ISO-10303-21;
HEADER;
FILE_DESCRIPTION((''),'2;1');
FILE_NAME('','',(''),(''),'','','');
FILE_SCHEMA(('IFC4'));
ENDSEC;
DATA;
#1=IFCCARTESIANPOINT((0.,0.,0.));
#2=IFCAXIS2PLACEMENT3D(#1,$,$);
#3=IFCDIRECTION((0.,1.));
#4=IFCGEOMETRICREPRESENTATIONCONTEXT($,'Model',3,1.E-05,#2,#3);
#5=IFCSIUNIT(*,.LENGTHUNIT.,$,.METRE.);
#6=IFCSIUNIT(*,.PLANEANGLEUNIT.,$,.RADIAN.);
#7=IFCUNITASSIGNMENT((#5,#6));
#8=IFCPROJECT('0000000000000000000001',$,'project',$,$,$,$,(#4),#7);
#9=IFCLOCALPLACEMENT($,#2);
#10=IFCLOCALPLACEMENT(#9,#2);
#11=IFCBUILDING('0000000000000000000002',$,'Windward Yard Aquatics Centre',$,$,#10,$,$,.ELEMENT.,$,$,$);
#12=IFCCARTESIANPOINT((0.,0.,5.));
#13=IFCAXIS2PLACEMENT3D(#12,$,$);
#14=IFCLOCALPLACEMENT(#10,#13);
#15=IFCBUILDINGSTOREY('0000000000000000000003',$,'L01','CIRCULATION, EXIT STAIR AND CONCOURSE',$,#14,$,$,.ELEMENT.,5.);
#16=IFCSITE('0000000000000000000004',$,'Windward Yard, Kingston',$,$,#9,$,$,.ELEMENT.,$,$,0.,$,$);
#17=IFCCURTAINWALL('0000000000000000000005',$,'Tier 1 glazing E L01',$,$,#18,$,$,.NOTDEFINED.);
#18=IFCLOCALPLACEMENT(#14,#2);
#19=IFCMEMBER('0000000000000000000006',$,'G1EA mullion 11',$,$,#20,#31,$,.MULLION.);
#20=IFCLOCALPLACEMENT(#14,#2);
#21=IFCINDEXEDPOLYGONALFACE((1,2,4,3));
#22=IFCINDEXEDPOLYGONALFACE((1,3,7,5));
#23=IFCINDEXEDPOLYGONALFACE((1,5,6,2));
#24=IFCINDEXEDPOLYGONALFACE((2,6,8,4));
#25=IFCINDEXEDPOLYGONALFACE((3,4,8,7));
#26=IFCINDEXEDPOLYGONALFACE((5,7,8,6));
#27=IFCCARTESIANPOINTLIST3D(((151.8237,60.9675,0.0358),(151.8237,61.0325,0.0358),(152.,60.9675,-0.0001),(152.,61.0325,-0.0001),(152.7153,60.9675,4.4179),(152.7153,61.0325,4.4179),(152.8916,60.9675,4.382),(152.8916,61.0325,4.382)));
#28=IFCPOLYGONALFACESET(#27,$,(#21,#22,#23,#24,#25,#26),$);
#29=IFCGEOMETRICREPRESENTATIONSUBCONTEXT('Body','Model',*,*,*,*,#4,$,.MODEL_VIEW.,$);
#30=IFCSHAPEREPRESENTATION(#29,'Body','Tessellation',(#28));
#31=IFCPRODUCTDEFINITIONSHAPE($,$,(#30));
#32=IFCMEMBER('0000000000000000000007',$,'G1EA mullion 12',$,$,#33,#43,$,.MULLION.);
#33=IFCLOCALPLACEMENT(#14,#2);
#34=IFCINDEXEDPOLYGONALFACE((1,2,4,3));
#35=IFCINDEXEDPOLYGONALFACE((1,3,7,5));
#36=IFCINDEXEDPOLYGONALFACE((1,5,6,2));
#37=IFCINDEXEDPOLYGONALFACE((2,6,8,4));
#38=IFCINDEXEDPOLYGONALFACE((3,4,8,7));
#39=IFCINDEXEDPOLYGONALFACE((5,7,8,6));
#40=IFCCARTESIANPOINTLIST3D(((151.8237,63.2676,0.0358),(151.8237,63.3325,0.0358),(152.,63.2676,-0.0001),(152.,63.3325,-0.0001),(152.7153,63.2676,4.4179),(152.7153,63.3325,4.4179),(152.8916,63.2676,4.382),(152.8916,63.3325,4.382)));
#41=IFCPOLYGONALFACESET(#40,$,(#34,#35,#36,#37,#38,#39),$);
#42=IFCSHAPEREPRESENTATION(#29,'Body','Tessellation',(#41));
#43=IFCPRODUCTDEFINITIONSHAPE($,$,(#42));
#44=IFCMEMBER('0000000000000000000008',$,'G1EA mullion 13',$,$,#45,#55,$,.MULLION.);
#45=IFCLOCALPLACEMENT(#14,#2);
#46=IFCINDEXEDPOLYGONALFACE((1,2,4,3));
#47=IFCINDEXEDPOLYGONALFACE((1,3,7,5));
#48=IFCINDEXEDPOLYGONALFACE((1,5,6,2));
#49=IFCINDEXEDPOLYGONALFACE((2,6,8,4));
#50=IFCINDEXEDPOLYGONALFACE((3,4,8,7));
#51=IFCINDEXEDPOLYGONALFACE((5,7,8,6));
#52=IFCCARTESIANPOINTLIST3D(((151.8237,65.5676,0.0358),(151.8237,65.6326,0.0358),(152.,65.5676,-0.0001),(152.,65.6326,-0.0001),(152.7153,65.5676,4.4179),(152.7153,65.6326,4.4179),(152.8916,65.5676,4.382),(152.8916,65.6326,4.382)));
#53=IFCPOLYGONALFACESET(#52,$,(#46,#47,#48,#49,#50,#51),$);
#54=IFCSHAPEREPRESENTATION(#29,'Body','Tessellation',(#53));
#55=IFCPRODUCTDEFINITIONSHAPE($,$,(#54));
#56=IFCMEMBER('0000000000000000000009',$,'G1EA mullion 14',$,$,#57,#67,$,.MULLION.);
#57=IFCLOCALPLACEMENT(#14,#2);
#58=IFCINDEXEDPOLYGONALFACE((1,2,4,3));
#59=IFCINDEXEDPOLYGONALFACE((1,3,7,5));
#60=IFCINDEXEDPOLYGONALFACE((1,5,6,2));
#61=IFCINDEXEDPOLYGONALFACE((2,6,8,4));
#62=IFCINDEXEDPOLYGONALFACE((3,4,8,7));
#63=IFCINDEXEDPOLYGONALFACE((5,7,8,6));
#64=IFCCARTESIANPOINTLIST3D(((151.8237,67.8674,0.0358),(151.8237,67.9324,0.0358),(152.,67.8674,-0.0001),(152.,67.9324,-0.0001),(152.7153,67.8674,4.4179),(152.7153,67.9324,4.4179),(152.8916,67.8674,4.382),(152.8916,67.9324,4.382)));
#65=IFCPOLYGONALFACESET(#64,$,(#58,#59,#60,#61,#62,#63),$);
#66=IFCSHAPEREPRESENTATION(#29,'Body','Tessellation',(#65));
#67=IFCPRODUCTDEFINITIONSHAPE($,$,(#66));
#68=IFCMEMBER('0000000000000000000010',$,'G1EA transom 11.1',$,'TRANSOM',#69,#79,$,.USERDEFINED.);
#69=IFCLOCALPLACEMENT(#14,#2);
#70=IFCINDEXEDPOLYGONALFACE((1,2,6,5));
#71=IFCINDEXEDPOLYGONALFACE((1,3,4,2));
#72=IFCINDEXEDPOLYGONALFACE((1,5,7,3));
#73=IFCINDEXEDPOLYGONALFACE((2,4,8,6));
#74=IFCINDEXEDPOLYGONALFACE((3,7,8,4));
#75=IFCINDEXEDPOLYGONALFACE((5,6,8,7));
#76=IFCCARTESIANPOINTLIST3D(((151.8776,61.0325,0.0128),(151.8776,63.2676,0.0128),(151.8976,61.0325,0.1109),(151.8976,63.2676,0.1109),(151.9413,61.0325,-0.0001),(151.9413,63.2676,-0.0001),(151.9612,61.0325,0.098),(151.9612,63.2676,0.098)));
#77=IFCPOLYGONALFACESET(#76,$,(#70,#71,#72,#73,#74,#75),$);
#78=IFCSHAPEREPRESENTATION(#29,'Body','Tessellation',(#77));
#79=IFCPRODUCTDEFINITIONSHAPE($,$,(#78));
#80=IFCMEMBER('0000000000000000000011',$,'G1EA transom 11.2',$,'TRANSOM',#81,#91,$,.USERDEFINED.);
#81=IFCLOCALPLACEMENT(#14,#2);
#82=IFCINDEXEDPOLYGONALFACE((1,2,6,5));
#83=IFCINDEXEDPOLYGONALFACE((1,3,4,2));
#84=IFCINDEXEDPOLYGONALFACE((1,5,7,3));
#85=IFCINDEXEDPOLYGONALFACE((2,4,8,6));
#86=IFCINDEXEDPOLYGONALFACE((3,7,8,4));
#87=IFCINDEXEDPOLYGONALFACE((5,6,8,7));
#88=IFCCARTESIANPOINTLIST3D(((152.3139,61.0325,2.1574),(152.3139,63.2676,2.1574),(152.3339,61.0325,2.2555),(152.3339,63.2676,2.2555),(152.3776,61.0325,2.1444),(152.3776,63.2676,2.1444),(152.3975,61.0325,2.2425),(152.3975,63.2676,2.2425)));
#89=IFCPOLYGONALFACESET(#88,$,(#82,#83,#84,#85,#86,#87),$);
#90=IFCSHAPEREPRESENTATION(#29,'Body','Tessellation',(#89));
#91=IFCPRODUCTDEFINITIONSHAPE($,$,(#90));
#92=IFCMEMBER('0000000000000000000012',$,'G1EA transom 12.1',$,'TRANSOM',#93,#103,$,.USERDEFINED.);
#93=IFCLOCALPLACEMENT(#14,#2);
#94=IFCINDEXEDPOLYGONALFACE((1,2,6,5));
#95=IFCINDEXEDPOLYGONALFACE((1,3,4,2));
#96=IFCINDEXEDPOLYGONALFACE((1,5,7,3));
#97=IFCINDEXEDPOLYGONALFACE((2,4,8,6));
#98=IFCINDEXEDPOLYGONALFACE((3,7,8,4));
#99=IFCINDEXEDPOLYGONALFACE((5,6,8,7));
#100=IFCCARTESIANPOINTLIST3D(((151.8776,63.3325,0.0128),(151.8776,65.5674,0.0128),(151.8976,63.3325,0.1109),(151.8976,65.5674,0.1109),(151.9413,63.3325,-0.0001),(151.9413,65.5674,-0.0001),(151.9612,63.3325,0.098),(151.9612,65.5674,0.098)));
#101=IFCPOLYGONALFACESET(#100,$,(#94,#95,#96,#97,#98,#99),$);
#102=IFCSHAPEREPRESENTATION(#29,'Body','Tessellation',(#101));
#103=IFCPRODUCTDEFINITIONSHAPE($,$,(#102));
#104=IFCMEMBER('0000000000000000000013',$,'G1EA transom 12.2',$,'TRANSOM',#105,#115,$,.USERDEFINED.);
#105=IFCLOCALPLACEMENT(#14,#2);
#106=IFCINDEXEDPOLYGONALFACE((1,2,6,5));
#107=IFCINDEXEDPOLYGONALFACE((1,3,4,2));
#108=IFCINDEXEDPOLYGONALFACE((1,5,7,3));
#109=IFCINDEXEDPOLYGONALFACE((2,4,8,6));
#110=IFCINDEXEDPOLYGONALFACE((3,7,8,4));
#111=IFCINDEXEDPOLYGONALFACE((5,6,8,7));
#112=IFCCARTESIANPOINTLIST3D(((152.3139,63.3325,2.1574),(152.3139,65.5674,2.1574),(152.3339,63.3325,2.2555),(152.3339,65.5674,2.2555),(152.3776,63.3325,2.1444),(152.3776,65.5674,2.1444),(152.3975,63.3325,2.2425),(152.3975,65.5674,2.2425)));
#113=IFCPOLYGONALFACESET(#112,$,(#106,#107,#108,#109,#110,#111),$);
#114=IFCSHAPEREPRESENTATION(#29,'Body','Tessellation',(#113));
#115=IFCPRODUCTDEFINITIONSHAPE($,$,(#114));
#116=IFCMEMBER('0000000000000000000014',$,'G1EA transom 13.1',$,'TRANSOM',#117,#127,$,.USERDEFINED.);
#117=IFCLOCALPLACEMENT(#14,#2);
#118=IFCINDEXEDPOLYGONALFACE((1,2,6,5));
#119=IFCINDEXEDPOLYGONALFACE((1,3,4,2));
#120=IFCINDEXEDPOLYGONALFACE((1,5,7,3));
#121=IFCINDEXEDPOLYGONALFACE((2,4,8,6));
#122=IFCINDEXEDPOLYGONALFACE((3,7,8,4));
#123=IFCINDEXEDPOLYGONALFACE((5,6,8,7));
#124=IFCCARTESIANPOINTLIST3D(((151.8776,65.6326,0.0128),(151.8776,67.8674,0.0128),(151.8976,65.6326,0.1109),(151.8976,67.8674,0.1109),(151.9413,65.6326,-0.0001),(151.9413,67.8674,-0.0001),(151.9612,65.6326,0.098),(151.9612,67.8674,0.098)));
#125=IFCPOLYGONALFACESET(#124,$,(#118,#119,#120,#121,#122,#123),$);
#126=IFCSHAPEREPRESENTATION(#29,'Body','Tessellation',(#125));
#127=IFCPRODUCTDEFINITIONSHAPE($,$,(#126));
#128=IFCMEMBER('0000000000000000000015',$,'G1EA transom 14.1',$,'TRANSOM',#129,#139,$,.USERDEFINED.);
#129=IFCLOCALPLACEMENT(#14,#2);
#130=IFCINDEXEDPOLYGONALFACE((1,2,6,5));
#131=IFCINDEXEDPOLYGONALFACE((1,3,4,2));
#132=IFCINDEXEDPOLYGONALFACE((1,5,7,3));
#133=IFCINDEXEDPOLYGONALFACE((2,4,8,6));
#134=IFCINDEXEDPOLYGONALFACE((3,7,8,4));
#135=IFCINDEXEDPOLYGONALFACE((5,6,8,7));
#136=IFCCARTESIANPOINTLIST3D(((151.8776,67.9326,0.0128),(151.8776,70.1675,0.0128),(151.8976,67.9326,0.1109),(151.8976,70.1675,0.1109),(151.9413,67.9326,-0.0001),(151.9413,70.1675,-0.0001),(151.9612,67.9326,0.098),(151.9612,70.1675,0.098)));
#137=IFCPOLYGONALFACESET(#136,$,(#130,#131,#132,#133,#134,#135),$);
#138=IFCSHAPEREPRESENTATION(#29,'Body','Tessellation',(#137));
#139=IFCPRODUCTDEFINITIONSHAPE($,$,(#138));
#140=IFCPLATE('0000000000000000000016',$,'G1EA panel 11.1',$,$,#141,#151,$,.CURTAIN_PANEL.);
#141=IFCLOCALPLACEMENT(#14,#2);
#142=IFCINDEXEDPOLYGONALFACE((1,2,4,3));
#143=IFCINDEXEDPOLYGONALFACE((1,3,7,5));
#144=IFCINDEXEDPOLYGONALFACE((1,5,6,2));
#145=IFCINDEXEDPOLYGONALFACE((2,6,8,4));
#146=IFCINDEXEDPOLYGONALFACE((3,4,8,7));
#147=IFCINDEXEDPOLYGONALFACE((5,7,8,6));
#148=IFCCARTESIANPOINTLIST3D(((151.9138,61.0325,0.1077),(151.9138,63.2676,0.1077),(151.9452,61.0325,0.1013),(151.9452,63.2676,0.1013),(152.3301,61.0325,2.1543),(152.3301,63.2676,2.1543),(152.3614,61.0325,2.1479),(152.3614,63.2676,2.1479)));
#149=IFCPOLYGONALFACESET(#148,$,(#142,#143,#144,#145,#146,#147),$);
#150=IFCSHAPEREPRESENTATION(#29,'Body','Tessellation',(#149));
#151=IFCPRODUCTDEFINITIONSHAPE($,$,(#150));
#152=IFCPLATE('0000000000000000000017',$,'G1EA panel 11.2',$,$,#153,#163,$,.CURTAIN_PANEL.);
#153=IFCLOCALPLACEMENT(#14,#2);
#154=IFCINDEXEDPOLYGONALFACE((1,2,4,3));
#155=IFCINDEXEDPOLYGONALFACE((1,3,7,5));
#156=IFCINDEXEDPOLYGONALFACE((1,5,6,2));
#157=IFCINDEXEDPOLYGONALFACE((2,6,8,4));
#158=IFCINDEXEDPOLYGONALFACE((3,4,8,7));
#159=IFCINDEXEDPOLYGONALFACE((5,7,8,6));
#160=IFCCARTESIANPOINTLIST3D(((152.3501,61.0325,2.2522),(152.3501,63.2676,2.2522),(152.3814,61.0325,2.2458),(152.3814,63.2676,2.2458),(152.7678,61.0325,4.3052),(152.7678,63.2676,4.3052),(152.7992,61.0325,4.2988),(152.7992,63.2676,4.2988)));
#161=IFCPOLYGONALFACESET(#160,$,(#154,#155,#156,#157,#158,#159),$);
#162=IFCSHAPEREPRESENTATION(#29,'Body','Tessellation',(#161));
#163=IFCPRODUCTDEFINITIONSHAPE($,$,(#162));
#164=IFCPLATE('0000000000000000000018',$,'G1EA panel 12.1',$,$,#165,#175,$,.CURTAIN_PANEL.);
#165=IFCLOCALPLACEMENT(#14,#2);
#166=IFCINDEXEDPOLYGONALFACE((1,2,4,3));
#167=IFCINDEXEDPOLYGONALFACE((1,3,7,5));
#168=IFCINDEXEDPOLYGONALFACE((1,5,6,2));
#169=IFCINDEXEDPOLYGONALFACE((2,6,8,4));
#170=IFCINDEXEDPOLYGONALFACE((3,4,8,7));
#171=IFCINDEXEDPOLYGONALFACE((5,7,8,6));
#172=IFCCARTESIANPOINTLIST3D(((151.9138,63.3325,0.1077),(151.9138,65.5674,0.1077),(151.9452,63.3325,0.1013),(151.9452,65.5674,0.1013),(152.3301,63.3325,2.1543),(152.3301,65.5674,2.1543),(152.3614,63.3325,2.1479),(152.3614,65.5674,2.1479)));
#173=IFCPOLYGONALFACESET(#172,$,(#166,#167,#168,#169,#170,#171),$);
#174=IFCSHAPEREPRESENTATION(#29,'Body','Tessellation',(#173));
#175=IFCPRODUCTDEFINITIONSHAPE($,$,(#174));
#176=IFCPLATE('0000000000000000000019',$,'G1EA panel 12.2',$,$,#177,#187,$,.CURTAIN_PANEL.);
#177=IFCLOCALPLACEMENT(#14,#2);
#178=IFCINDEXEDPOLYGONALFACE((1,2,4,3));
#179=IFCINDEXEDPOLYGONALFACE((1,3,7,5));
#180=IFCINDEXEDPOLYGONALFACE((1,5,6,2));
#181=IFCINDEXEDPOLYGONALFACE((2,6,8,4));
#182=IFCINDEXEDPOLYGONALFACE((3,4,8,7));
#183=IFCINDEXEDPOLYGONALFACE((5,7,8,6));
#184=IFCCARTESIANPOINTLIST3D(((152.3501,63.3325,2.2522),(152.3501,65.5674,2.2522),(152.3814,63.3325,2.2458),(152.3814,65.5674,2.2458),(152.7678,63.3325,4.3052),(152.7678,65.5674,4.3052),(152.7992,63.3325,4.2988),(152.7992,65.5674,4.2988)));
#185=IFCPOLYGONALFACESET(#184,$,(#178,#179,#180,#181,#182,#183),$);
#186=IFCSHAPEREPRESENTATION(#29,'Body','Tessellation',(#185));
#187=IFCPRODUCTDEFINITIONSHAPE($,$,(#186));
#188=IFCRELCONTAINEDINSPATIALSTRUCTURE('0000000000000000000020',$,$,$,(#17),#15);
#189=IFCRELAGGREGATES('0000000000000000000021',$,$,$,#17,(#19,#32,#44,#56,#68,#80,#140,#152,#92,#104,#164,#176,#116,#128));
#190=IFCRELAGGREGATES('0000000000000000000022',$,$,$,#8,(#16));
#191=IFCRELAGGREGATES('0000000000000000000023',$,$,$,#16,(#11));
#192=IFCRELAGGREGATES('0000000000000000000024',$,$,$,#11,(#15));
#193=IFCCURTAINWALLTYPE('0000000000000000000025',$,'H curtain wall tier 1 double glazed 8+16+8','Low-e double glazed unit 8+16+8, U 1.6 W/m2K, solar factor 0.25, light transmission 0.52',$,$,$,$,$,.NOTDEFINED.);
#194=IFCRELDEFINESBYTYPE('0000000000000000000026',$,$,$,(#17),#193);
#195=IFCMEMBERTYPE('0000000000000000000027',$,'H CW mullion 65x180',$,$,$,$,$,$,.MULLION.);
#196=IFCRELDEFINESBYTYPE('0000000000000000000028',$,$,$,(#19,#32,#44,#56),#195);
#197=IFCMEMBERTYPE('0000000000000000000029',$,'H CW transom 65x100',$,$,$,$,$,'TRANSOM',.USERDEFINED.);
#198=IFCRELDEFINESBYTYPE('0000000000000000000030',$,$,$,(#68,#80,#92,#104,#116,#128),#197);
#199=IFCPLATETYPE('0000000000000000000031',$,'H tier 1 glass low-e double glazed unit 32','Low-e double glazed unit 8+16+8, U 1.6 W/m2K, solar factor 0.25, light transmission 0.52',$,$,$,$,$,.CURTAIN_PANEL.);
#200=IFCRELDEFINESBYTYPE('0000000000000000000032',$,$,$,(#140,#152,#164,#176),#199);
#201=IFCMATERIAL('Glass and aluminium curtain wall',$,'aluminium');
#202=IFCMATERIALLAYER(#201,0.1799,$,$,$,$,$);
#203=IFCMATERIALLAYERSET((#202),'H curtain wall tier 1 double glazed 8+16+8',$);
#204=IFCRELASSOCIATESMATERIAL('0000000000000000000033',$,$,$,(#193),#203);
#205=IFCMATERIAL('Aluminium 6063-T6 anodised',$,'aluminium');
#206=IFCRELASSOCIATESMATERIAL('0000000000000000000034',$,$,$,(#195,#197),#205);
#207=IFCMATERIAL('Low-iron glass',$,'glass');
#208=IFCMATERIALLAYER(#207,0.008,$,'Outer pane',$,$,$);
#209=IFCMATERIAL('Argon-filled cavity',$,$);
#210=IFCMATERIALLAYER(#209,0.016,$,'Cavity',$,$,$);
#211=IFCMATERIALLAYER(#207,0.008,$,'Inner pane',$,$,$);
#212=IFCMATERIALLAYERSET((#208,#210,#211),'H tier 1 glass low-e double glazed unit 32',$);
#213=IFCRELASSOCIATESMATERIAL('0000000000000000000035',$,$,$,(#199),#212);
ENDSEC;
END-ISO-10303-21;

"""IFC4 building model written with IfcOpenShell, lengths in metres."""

from ifc_helpers import new_model, si_unit, direction, frame, origin, origin_2d, place, context, subcontext, project, spatial, polyline, rectangle, outline, extrude, material, layer, layer_set, material_profile, profile_set, type_object, element, aggregate, save


model = new_model("IFC4")

# Units and contexts
model_context = context("Model", 3, precision=1e-05, world=origin(), true_north=direction((0.0, 1.0)))
body_context = subcontext(model_context, "Body", "Model", "MODEL_VIEW")
ifc_project = project(units=[si_unit("LENGTHUNIT", "METRE"), si_unit("PLANEANGLEUNIT", "RADIAN")], contexts=[model_context])

# Site, building, storey
site_placement = place(None, origin())
site = spatial("IfcSite", under=ifc_project, at=site_placement, Name="Windward Yard, Kingston", CompositionType="ELEMENT", RefElevation=0.0)
building_placement = place(site_placement, origin())
building = spatial("IfcBuilding", under=site, at=building_placement, Name="Windward Yard Aquatics Centre", CompositionType="ELEMENT")
storey_placement = place(building_placement, frame((0.0, 0.0, 5.0)))
storey = spatial("IfcBuildingStorey", under=building, at=storey_placement, Name="L01", Description="CIRCULATION, EXIT STAIR AND CONCOURSE", CompositionType="ELEMENT", Elevation=5.0)

# Curtain wall, members, plates
ifc_material_1 = material(Name="Glass and aluminium curtain wall", Category="aluminium")
ifc_layer_1 = layer(ifc_material_1, 0.1799)
ifc_layer_set_1 = layer_set([ifc_layer_1], Name="H curtain wall tier 1 double glazed 8+16+8")
curtain_wall_type = type_object("IfcCurtainWallType", Name="H curtain wall tier 1 double glazed 8+16+8", Description="Low-e double glazed unit 8+16+8, U 1.6 W/m2K, solar factor 0.25, light transmission 0.52", PredefinedType="NOTDEFINED", material=ifc_layer_set_1)
curtain_wall_placement = place(storey_placement, origin())
curtain_wall = element("IfcCurtainWall", 1, at=curtain_wall_placement, inside=storey, type_object=curtain_wall_type, Name="Tier 1 glazing E L01", PredefinedType="NOTDEFINED")
ifc_material_2 = material(Name="Aluminium 6063-T6 anodised", Category="aluminium")
ifc_material_profile_1 = material_profile(ifc_material_2, rectangle(XDim=0.0649, YDim=0.1799, at=origin_2d()), Name="H CW mullion 65x180")
ifc_profile_set_1 = profile_set([ifc_material_profile_1], Name="Aluminium 6063-T6 anodised")
member_type_1 = type_object("IfcMemberType", Name="H CW mullion 65x180", PredefinedType="MULLION", material=ifc_profile_set_1)
member_1_placement = place(storey_placement, frame((151.9119, 61.0, 0.0178), z_axis=(0.19938, 0.0, 0.979922), x_axis=(0.0, 1.0, 0.0)))
member_1 = element("IfcMember", 2, at=member_1_placement, type_object=member_type_1, Name="G1EA mullion 11", PredefinedType="MULLION", context=body_context, shape_type="SweptSolid", body=[
    extrude(rectangle(XDim=0.0649, YDim=0.1799, at=origin_2d()), origin(), (0.0, 0.0, 1.0), 4.4719),
])
member_2_placement = place(storey_placement, frame((151.9119, 63.3, 0.0178), z_axis=(0.19938, 0.0, 0.979922), x_axis=(0.0, 1.0, 0.0)))
member_2 = element("IfcMember", 3, at=member_2_placement, type_object=member_type_1, Name="G1EA mullion 12", PredefinedType="MULLION", context=body_context, shape_type="SweptSolid", body=[
    extrude(rectangle(XDim=0.0649, YDim=0.1799, at=origin_2d()), origin(), (0.0, 0.0, 1.0), 4.4719),
])
member_3_placement = place(storey_placement, frame((151.9119, 65.6001, 0.0178), z_axis=(0.19938, 0.0, 0.979922), x_axis=(0.0, 1.0, 0.0)))
member_3 = element("IfcMember", 4, at=member_3_placement, type_object=member_type_1, Name="G1EA mullion 13", PredefinedType="MULLION", context=body_context, shape_type="SweptSolid", body=[
    extrude(rectangle(XDim=0.0649, YDim=0.1799, at=origin_2d()), origin(), (0.0, 0.0, 1.0), 4.4719),
])
member_4_placement = place(storey_placement, frame((151.9119, 67.8999, 0.0178), z_axis=(0.19938, 0.0, 0.979922), x_axis=(0.0, 1.0, 0.0)))
member_4 = element("IfcMember", 5, at=member_4_placement, type_object=member_type_1, Name="G1EA mullion 14", PredefinedType="MULLION", context=body_context, shape_type="SweptSolid", body=[
    extrude(rectangle(XDim=0.0649, YDim=0.1799, at=origin_2d()), origin(), (0.0, 0.0, 1.0), 4.4719),
])
ifc_material_profile_2 = material_profile(ifc_material_2, rectangle(XDim=0.0649, YDim=0.1001, at=origin_2d()), Name="H CW transom 65x100")
ifc_profile_set_2 = profile_set([ifc_material_profile_2], Name="Aluminium 6063-T6 anodised")
member_type_2 = type_object("IfcMemberType", Name="H CW transom 65x100", ElementType="TRANSOM", PredefinedType="USERDEFINED", material=ifc_profile_set_2)
member_5_placement = place(storey_placement, frame((151.9194, 61.0325, 0.0554), z_axis=(0.0, 1.0, 0.0), x_axis=(-0.979925, 0.0, 0.199368)))
member_5 = element("IfcMember", 6, at=member_5_placement, type_object=member_type_2, Name="G1EA transom 11.1", ObjectType="TRANSOM", PredefinedType="USERDEFINED", context=body_context, shape_type="SweptSolid", body=[
    extrude(rectangle(XDim=0.0649, YDim=0.1001, at=origin_2d()), origin(), (0.0, 0.0, 1.0), 2.2351),
])
member_6_placement = place(storey_placement, frame((152.3557, 61.0325, 2.2), z_axis=(0.0, 1.0, 0.0), x_axis=(-0.979925, 0.0, 0.199368)))
member_6 = element("IfcMember", 7, at=member_6_placement, type_object=member_type_2, Name="G1EA transom 11.2", ObjectType="TRANSOM", PredefinedType="USERDEFINED", context=body_context, shape_type="SweptSolid", body=[
    extrude(rectangle(XDim=0.0649, YDim=0.1001, at=origin_2d()), origin(), (0.0, 0.0, 1.0), 2.2351),
])
member_7_placement = place(storey_placement, frame((151.9194, 63.3325, 0.0554), z_axis=(0.0, 1.0, 0.0), x_axis=(-0.979925, 0.0, 0.199368)))
member_7 = element("IfcMember", 8, at=member_7_placement, type_object=member_type_2, Name="G1EA transom 12.1", ObjectType="TRANSOM", PredefinedType="USERDEFINED", context=body_context, shape_type="SweptSolid", body=[
    extrude(rectangle(XDim=0.0649, YDim=0.1001, at=origin_2d()), origin(), (0.0, 0.0, 1.0), 2.2349),
])
member_8_placement = place(storey_placement, frame((152.3557, 63.3325, 2.2), z_axis=(0.0, 1.0, 0.0), x_axis=(-0.979925, 0.0, 0.199368)))
member_8 = element("IfcMember", 9, at=member_8_placement, type_object=member_type_2, Name="G1EA transom 12.2", ObjectType="TRANSOM", PredefinedType="USERDEFINED", context=body_context, shape_type="SweptSolid", body=[
    extrude(rectangle(XDim=0.0649, YDim=0.1001, at=origin_2d()), origin(), (0.0, 0.0, 1.0), 2.2349),
])
member_9_placement = place(storey_placement, frame((151.9194, 65.6326, 0.0554), z_axis=(0.0, 1.0, 0.0), x_axis=(-0.979925, 0.0, 0.199368)))
member_9 = element("IfcMember", 10, at=member_9_placement, type_object=member_type_2, Name="G1EA transom 13.1", ObjectType="TRANSOM", PredefinedType="USERDEFINED", context=body_context, shape_type="SweptSolid", body=[
    extrude(rectangle(XDim=0.0649, YDim=0.1001, at=origin_2d()), origin(), (0.0, 0.0, 1.0), 2.2349),
])
member_10_placement = place(storey_placement, frame((151.9194, 67.9326, 0.0554), z_axis=(0.0, 1.0, 0.0), x_axis=(-0.979925, 0.0, 0.199368)))
member_10 = element("IfcMember", 11, at=member_10_placement, type_object=member_type_2, Name="G1EA transom 14.1", ObjectType="TRANSOM", PredefinedType="USERDEFINED", context=body_context, shape_type="SweptSolid", body=[
    extrude(rectangle(XDim=0.0649, YDim=0.1001, at=origin_2d()), origin(), (0.0, 0.0, 1.0), 2.2349),
])
ifc_material_3 = material(Name="Low-iron glass", Category="glass")
ifc_layer_2 = layer(ifc_material_3, 0.008, Name="Outer pane")
ifc_material_4 = material(Name="Argon-filled cavity")
ifc_layer_3 = layer(ifc_material_4, 0.016, Name="Cavity")
ifc_layer_4 = layer(ifc_material_3, 0.008, Name="Inner pane")
ifc_layer_set_2 = layer_set([ifc_layer_2, ifc_layer_3, ifc_layer_4], Name="H tier 1 glass low-e double glazed unit 32")
plate_type = type_object("IfcPlateType", Name="H tier 1 glass low-e double glazed unit 32", Description="Low-e double glazed unit 8+16+8, U 1.6 W/m2K, solar factor 0.25, light transmission 0.52", PredefinedType="CURTAIN_PANEL", material=ifc_layer_set_2)
plate_1_placement = place(storey_placement, frame((151.9138, 61.0325, 0.1077), z_axis=(-0.979937, 0.0, 0.199307), x_axis=(0.0, 1.0, 0.0)))
plate_1 = element("IfcPlate", 12, at=plate_1_placement, type_object=plate_type, Name="G1EA panel 11.1", PredefinedType="CURTAIN_PANEL", context=body_context, shape_type="SweptSolid", body=[
    extrude(outline(polyline([(0.0, 0.0), (2.2351, 0.0), (2.2351, -2.0885), (0.0, -2.0885), (0.0, 0.0)])), origin(), (0.0, 0.0, -1.0), 0.032),
])
plate_2_placement = place(storey_placement, frame((152.3501, 61.0325, 2.2522), z_axis=(-0.979921, 0.0, 0.199387), x_axis=(0.0, 1.0, 0.0)))
plate_2 = element("IfcPlate", 13, at=plate_2_placement, type_object=plate_type, Name="G1EA panel 11.2", PredefinedType="CURTAIN_PANEL", context=body_context, shape_type="SweptSolid", body=[
    extrude(outline(polyline([(0.0, 0.0), (2.2351, 0.0), (2.2351, -2.095), (0.0, -2.095), (0.0, 0.0)])), origin(), (0.0, 0.0, -1.0), 0.032),
])
plate_3_placement = place(storey_placement, frame((151.9138, 63.3325, 0.1077), z_axis=(-0.979937, 0.0, 0.199307), x_axis=(0.0, 1.0, 0.0)))
plate_3 = element("IfcPlate", 14, at=plate_3_placement, type_object=plate_type, Name="G1EA panel 12.1", PredefinedType="CURTAIN_PANEL", context=body_context, shape_type="SweptSolid", body=[
    extrude(outline(polyline([(0.0, 0.0), (2.2349, 0.0), (2.2349, -2.0885), (0.0, -2.0885), (0.0, 0.0)])), origin(), (0.0, 0.0, -1.0), 0.032),
])
plate_4_placement = place(storey_placement, frame((152.3501, 63.3325, 2.2522), z_axis=(-0.979921, 0.0, 0.199387), x_axis=(0.0, 1.0, 0.0)))
plate_4 = element("IfcPlate", 15, at=plate_4_placement, type_object=plate_type, Name="G1EA panel 12.2", PredefinedType="CURTAIN_PANEL", context=body_context, shape_type="SweptSolid", body=[
    extrude(outline(polyline([(0.0, 0.0), (2.2349, 0.0), (2.2349, -2.095), (0.0, -2.095), (0.0, 0.0)])), origin(), (0.0, 0.0, -1.0), 0.032),
])
aggregate(curtain_wall, [member_1, member_2, member_3, member_4, member_5, member_6, plate_1, plate_2, member_7, member_8, plate_3, plate_4, member_9, member_10])

save(model, "model.ifc")
